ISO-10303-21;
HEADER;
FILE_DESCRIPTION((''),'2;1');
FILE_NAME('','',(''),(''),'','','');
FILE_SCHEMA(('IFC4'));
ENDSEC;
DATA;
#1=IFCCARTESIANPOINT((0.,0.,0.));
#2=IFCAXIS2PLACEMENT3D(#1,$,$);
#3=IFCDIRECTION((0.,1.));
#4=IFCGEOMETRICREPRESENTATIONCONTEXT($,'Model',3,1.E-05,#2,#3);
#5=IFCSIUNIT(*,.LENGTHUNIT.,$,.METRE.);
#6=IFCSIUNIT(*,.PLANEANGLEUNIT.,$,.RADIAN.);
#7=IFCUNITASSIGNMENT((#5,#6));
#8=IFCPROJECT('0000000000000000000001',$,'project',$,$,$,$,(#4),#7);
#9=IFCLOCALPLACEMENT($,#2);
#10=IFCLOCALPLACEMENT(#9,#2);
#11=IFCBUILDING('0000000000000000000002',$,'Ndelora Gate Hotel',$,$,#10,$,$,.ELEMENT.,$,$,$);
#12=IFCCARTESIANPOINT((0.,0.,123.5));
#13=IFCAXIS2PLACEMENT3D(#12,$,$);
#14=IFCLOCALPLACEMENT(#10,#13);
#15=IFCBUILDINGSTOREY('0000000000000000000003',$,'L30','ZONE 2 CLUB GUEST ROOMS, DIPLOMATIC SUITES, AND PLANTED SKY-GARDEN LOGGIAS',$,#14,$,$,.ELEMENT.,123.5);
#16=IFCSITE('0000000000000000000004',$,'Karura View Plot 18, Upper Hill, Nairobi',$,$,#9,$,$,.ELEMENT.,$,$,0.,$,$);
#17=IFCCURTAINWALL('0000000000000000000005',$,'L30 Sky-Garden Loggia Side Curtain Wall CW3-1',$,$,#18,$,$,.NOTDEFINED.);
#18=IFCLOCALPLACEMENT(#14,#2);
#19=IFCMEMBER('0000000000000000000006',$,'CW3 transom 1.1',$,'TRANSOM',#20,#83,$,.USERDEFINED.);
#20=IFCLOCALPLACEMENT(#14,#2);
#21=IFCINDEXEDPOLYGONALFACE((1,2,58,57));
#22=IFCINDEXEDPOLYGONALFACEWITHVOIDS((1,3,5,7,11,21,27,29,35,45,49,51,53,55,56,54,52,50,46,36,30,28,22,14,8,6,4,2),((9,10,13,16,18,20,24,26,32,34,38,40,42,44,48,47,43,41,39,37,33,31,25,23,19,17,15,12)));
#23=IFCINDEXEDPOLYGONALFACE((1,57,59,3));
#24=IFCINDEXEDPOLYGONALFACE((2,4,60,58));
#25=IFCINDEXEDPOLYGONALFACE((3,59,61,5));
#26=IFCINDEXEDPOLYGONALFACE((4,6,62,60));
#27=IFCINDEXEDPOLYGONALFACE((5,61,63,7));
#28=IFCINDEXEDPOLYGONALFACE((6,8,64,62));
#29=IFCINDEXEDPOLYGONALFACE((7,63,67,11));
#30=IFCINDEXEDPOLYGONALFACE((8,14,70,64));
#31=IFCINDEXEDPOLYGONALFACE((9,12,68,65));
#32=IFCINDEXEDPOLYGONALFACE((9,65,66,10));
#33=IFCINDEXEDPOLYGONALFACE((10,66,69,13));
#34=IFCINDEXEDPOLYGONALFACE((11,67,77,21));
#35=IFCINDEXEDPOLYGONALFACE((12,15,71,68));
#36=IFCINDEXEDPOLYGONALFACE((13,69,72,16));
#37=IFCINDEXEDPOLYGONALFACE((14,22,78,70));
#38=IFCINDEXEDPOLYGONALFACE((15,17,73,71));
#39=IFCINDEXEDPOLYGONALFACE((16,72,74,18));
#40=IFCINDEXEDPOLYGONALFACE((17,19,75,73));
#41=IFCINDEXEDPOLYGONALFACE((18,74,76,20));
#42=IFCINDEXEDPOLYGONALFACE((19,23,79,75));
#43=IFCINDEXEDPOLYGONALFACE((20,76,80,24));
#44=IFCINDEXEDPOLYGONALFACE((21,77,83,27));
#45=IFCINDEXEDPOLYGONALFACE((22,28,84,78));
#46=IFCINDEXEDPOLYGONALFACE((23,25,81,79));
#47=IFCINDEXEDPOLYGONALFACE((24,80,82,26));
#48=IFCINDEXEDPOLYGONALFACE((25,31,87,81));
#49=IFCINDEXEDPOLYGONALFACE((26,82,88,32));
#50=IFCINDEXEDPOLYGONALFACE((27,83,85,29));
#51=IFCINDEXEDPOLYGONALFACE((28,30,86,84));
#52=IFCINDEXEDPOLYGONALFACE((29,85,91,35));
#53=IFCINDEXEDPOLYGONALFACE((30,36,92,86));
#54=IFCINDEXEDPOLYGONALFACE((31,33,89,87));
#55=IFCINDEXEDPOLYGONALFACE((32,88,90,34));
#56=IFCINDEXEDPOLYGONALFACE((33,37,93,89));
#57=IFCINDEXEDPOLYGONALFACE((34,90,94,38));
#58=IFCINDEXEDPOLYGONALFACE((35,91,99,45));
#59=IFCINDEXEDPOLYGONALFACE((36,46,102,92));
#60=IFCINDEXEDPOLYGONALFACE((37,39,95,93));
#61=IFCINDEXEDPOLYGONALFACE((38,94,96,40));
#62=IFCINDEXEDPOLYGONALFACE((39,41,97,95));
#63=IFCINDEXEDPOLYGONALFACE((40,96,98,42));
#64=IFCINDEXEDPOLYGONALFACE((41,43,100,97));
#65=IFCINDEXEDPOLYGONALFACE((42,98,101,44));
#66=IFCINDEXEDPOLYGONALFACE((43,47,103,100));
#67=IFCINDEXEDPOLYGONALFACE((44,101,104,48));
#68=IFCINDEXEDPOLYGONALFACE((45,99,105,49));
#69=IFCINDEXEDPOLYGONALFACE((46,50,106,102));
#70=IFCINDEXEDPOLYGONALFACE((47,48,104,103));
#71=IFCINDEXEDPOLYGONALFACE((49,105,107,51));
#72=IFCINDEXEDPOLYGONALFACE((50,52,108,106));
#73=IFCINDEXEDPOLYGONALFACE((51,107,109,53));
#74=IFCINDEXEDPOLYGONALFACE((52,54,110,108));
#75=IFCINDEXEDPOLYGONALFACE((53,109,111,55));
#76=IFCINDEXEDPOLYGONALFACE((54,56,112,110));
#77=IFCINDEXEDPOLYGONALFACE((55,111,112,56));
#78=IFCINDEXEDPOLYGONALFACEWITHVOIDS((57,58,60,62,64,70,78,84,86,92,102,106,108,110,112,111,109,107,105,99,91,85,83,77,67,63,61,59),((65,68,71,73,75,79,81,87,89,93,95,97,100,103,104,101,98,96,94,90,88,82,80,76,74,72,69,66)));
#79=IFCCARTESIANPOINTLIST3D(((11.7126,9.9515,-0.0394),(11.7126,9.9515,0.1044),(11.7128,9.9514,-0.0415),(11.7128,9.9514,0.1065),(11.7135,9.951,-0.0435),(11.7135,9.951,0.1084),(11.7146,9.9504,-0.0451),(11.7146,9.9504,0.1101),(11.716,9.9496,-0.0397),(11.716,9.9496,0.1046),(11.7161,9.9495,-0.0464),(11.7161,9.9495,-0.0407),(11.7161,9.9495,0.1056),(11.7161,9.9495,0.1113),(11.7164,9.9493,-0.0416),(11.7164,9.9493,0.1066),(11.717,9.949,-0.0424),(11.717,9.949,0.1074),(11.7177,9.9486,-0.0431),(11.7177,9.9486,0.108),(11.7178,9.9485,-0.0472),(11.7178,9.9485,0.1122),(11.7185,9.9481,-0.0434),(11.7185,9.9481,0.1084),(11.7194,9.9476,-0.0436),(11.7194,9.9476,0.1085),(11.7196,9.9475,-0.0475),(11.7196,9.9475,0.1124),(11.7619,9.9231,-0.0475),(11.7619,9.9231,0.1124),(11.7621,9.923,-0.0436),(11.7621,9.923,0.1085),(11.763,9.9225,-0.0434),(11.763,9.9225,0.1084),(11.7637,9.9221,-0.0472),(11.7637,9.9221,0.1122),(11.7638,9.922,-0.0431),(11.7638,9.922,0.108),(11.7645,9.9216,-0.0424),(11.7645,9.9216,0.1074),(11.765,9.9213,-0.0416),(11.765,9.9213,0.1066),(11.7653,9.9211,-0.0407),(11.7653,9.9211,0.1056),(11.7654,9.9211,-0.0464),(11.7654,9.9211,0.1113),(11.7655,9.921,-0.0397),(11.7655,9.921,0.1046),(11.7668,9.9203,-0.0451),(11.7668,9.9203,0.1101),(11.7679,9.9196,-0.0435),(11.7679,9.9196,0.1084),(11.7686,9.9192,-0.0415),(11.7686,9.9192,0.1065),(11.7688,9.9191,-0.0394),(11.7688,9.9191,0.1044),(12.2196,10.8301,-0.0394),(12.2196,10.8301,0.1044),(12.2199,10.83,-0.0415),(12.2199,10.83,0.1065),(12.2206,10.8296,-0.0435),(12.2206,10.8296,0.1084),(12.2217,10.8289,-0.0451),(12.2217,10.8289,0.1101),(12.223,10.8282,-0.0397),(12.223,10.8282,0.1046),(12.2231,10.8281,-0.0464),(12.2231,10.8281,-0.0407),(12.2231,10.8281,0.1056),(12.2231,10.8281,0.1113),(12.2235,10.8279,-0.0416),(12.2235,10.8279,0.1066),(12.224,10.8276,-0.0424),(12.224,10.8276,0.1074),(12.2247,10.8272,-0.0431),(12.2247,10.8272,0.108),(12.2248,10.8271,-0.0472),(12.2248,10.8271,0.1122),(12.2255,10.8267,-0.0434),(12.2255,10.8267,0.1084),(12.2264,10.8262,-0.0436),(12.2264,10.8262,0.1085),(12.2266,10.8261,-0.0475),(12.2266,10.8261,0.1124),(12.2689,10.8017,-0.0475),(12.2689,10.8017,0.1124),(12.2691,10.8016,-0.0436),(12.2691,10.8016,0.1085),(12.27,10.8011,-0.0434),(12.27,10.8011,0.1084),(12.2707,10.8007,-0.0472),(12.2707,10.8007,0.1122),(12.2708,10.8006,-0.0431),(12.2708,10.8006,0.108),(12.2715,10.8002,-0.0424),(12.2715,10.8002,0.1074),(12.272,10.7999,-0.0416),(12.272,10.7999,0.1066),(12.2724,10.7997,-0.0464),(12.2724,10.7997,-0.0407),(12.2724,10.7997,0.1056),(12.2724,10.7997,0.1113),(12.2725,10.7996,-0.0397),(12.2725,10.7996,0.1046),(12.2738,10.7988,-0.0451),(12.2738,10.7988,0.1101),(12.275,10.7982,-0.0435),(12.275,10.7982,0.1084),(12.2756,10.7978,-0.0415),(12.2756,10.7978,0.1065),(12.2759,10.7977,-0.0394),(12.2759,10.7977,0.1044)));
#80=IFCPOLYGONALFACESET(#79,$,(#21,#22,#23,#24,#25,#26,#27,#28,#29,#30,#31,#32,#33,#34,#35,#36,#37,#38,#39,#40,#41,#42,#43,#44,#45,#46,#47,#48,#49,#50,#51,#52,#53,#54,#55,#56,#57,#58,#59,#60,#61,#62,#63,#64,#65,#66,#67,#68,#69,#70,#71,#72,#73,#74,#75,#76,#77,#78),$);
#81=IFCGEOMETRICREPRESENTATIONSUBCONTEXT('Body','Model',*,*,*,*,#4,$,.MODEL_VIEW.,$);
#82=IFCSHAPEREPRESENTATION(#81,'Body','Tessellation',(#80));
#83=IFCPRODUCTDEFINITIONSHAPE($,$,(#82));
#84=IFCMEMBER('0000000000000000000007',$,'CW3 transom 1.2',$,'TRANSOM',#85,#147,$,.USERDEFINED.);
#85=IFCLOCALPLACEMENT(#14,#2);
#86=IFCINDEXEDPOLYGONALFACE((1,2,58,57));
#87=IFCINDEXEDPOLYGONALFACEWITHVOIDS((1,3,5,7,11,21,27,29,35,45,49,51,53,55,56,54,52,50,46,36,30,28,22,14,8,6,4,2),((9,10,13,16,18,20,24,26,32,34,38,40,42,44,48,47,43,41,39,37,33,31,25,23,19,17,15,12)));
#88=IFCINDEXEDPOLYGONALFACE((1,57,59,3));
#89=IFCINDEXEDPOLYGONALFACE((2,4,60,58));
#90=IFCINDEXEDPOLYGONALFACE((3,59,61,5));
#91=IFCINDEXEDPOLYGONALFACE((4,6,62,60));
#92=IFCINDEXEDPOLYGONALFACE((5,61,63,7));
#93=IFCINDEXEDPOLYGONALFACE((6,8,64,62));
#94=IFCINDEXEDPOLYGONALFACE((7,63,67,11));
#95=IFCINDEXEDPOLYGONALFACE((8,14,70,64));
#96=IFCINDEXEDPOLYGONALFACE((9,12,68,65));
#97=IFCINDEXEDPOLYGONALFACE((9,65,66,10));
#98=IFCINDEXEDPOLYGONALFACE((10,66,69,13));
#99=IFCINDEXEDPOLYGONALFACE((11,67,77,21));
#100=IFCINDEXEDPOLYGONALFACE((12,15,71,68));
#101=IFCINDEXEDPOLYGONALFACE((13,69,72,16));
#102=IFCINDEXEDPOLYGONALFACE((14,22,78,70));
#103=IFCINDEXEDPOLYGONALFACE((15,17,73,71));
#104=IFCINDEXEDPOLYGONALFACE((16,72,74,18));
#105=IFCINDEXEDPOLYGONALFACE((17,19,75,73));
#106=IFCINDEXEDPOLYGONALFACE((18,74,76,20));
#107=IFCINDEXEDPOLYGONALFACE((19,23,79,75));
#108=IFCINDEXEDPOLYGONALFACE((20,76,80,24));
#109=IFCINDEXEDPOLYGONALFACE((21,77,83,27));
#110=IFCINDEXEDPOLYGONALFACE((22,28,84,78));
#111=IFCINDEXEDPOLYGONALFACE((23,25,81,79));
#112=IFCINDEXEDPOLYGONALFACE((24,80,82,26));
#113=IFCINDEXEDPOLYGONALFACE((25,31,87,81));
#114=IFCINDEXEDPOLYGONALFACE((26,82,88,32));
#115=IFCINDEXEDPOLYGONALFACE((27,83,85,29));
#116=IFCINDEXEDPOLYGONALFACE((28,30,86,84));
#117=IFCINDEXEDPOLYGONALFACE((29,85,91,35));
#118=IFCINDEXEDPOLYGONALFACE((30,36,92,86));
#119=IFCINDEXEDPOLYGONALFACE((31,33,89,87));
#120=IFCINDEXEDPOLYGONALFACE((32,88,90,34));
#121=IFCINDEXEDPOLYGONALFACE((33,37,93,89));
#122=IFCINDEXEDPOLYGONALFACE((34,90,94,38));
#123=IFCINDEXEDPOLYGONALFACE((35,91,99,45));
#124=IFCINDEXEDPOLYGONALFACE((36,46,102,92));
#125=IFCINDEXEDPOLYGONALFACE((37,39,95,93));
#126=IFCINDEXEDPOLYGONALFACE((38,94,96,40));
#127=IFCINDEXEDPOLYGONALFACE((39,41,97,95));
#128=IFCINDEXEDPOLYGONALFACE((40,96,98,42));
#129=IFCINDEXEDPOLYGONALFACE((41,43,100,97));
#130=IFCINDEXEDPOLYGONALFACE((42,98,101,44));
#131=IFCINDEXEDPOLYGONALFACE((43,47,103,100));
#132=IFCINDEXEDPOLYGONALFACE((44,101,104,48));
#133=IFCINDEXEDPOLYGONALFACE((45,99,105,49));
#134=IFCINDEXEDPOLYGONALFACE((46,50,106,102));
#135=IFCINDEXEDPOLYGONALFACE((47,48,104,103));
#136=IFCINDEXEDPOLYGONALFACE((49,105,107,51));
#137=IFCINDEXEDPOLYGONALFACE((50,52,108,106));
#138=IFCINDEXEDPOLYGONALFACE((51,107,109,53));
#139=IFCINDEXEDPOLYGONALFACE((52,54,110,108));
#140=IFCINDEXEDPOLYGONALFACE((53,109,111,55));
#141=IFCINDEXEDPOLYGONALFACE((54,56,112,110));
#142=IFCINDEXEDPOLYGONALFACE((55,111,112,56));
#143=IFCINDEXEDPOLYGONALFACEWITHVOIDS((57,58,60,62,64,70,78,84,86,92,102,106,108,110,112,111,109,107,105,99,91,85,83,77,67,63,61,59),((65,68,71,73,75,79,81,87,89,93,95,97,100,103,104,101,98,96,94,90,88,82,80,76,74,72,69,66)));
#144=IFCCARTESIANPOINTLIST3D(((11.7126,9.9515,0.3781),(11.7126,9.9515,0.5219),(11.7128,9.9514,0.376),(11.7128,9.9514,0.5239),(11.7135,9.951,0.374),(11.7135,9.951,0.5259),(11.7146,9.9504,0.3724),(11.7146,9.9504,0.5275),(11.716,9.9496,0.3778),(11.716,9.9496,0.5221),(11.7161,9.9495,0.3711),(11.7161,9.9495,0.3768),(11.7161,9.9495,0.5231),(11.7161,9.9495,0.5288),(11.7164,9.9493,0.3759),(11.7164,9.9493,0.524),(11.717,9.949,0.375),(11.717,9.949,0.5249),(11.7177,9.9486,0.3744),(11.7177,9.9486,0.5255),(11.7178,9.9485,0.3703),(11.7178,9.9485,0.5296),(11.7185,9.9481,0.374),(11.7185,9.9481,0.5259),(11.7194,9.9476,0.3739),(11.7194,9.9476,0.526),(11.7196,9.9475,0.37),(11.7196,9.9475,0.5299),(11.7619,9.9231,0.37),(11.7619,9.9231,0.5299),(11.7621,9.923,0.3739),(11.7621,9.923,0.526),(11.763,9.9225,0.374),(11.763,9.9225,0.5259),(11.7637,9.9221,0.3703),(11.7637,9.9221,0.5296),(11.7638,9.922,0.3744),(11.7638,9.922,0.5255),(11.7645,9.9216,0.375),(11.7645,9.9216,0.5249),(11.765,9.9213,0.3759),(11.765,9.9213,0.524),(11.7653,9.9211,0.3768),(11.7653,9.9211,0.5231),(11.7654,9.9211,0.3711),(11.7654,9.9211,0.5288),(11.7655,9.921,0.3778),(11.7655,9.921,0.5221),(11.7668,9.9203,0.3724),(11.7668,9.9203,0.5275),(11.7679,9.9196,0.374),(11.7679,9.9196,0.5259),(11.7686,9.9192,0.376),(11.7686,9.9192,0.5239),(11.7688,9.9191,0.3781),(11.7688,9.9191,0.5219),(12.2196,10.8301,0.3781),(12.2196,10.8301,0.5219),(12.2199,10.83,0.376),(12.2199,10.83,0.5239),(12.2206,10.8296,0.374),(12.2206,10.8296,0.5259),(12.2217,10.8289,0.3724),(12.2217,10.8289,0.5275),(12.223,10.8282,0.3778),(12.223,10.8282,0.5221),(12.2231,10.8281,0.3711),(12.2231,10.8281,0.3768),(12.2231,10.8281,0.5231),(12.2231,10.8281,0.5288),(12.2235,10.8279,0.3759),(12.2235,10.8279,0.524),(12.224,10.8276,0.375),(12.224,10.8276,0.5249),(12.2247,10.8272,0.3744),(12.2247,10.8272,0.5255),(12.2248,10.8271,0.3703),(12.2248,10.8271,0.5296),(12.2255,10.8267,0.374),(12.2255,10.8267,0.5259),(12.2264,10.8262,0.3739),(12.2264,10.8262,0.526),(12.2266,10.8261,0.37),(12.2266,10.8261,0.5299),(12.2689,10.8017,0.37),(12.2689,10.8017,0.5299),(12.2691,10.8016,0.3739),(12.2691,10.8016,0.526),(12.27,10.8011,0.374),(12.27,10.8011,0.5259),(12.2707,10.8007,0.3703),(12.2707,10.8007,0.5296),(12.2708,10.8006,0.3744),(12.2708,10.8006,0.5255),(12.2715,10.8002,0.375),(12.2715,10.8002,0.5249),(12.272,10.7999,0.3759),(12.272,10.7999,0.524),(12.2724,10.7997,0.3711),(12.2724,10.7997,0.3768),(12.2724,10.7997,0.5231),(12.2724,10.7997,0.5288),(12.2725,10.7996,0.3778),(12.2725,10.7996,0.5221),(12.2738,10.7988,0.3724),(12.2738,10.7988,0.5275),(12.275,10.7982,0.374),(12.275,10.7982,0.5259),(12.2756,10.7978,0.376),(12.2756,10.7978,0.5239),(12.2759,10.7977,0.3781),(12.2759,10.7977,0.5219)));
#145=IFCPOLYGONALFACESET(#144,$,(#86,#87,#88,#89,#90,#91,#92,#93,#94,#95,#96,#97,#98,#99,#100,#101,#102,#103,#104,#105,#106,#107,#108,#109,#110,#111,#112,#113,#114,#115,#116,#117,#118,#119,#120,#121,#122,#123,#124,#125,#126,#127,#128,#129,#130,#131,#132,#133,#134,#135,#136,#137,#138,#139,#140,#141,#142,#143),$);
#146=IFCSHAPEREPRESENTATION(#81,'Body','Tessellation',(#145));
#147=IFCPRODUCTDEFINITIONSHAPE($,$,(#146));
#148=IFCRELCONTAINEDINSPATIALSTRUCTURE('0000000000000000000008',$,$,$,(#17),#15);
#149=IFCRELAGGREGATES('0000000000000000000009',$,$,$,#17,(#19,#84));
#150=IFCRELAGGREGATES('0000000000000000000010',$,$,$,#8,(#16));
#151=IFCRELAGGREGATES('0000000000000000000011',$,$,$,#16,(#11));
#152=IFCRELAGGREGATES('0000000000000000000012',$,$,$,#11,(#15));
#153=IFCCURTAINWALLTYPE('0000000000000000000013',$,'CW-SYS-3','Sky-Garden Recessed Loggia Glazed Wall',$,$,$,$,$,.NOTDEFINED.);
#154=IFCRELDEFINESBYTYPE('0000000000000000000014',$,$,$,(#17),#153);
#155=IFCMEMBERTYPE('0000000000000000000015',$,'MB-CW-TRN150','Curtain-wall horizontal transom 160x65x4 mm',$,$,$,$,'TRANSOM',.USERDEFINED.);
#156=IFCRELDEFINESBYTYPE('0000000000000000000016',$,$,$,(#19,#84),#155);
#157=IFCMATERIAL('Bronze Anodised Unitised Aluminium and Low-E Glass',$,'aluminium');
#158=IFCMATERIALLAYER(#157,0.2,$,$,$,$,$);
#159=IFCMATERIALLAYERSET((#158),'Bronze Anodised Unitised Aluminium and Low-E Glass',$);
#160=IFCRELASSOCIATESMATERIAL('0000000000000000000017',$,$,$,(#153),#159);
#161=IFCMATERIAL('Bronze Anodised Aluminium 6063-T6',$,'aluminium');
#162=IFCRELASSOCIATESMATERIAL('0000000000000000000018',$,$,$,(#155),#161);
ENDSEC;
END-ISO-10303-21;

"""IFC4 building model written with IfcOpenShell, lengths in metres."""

from ifc_helpers import new_model, si_unit, direction, frame, origin, origin_2d, place, context, subcontext, project, spatial, hollow_rectangle, extrude, material, layer, layer_set, material_profile, profile_set, type_object, element, aggregate, save


model = new_model("IFC4")

# Units and contexts
model_context = context("Model", 3, precision=1e-05, world=origin(), true_north=direction((0.0, 1.0)))
body_context = subcontext(model_context, "Body", "Model", "MODEL_VIEW")
ifc_project = project(units=[si_unit("LENGTHUNIT", "METRE"), si_unit("PLANEANGLEUNIT", "RADIAN")], contexts=[model_context])

# Site, building, storey
site_placement = place(None, origin())
site = spatial("IfcSite", under=ifc_project, at=site_placement, Name="Karura View Plot 18, Upper Hill, Nairobi", CompositionType="ELEMENT", RefElevation=0.0)
building_placement = place(site_placement, origin())
building = spatial("IfcBuilding", under=site, at=building_placement, Name="Ndelora Gate Hotel", CompositionType="ELEMENT")
storey_placement = place(building_placement, frame((0.0, 0.0, 123.5)))
storey = spatial("IfcBuildingStorey", under=building, at=storey_placement, Name="L30", Description="ZONE 2 CLUB GUEST ROOMS, DIPLOMATIC SUITES, AND PLANTED SKY-GARDEN LOGGIAS", CompositionType="ELEMENT", Elevation=123.5)

# Curtain wall, members
ifc_material_1 = material(Name="Bronze Anodised Unitised Aluminium and Low-E Glass", Category="aluminium")
ifc_layer_1 = layer(ifc_material_1, 0.2)
ifc_layer_set_1 = layer_set([ifc_layer_1], Name="Bronze Anodised Unitised Aluminium and Low-E Glass")
curtain_wall_type = type_object("IfcCurtainWallType", Name="CW-SYS-3", Description="Sky-Garden Recessed Loggia Glazed Wall", PredefinedType="NOTDEFINED", material=ifc_layer_set_1)
curtain_wall_placement = place(storey_placement, origin())
curtain_wall = element("IfcCurtainWall", 1, at=curtain_wall_placement, inside=storey, type_object=curtain_wall_type, Name="L30 Sky-Garden Loggia Side Curtain Wall CW3-1", PredefinedType="NOTDEFINED")
ifc_material_2 = material(Name="Bronze Anodised Aluminium 6063-T6", Category="aluminium")
ifc_material_profile_1 = material_profile(ifc_material_2, hollow_rectangle(XDim=0.0649, YDim=0.1599, WallThickness=0.0039, InnerFilletRadius=0.0039, OuterFilletRadius=0.0081, at=origin_2d()), Name="ALU 160x65x4")
ifc_profile_set_1 = profile_set([ifc_material_profile_1], Name="Bronze Anodised Aluminium 6063-T6")
member_type_1 = type_object("IfcMemberType", Name="MB-CW-TRN150", Description="Curtain-wall horizontal transom 160x65x4 mm", ElementType="TRANSOM", PredefinedType="USERDEFINED", material=ifc_profile_set_1)
member_1_placement = place(storey_placement, frame((11.7407, 9.9353, 0.0325), z_axis=(0.499841, 0.866117, 0.0), x_axis=(-0.866117, 0.499841, 0.0)))
member_1 = element("IfcMember", 2, at=member_1_placement, type_object=member_type_1, Name="CW3 transom 1.1", ObjectType="TRANSOM", PredefinedType="USERDEFINED", context=body_context, shape_type="SweptSolid", body=[
    extrude(hollow_rectangle(XDim=0.0649, YDim=0.1599, WallThickness=0.0039, InnerFilletRadius=0.0039, OuterFilletRadius=0.0081, at=origin_2d()), origin(), (0.0, 0.0, 1.0), 1.0144),
])
member_2_placement = place(storey_placement, frame((11.7407, 9.9353, 0.45), z_axis=(0.499841, 0.866117, 0.0), x_axis=(-0.866117, 0.499841, 0.0)))
member_2 = element("IfcMember", 3, at=member_2_placement, type_object=member_type_1, Name="CW3 transom 1.2", ObjectType="TRANSOM", PredefinedType="USERDEFINED", context=body_context, shape_type="SweptSolid", body=[
    extrude(hollow_rectangle(XDim=0.0649, YDim=0.1599, WallThickness=0.0039, InnerFilletRadius=0.0039, OuterFilletRadius=0.0081, at=origin_2d()), origin(), (0.0, 0.0, 1.0), 1.0144),
])
aggregate(curtain_wall, [member_1, member_2])

save(model, "model.ifc")
